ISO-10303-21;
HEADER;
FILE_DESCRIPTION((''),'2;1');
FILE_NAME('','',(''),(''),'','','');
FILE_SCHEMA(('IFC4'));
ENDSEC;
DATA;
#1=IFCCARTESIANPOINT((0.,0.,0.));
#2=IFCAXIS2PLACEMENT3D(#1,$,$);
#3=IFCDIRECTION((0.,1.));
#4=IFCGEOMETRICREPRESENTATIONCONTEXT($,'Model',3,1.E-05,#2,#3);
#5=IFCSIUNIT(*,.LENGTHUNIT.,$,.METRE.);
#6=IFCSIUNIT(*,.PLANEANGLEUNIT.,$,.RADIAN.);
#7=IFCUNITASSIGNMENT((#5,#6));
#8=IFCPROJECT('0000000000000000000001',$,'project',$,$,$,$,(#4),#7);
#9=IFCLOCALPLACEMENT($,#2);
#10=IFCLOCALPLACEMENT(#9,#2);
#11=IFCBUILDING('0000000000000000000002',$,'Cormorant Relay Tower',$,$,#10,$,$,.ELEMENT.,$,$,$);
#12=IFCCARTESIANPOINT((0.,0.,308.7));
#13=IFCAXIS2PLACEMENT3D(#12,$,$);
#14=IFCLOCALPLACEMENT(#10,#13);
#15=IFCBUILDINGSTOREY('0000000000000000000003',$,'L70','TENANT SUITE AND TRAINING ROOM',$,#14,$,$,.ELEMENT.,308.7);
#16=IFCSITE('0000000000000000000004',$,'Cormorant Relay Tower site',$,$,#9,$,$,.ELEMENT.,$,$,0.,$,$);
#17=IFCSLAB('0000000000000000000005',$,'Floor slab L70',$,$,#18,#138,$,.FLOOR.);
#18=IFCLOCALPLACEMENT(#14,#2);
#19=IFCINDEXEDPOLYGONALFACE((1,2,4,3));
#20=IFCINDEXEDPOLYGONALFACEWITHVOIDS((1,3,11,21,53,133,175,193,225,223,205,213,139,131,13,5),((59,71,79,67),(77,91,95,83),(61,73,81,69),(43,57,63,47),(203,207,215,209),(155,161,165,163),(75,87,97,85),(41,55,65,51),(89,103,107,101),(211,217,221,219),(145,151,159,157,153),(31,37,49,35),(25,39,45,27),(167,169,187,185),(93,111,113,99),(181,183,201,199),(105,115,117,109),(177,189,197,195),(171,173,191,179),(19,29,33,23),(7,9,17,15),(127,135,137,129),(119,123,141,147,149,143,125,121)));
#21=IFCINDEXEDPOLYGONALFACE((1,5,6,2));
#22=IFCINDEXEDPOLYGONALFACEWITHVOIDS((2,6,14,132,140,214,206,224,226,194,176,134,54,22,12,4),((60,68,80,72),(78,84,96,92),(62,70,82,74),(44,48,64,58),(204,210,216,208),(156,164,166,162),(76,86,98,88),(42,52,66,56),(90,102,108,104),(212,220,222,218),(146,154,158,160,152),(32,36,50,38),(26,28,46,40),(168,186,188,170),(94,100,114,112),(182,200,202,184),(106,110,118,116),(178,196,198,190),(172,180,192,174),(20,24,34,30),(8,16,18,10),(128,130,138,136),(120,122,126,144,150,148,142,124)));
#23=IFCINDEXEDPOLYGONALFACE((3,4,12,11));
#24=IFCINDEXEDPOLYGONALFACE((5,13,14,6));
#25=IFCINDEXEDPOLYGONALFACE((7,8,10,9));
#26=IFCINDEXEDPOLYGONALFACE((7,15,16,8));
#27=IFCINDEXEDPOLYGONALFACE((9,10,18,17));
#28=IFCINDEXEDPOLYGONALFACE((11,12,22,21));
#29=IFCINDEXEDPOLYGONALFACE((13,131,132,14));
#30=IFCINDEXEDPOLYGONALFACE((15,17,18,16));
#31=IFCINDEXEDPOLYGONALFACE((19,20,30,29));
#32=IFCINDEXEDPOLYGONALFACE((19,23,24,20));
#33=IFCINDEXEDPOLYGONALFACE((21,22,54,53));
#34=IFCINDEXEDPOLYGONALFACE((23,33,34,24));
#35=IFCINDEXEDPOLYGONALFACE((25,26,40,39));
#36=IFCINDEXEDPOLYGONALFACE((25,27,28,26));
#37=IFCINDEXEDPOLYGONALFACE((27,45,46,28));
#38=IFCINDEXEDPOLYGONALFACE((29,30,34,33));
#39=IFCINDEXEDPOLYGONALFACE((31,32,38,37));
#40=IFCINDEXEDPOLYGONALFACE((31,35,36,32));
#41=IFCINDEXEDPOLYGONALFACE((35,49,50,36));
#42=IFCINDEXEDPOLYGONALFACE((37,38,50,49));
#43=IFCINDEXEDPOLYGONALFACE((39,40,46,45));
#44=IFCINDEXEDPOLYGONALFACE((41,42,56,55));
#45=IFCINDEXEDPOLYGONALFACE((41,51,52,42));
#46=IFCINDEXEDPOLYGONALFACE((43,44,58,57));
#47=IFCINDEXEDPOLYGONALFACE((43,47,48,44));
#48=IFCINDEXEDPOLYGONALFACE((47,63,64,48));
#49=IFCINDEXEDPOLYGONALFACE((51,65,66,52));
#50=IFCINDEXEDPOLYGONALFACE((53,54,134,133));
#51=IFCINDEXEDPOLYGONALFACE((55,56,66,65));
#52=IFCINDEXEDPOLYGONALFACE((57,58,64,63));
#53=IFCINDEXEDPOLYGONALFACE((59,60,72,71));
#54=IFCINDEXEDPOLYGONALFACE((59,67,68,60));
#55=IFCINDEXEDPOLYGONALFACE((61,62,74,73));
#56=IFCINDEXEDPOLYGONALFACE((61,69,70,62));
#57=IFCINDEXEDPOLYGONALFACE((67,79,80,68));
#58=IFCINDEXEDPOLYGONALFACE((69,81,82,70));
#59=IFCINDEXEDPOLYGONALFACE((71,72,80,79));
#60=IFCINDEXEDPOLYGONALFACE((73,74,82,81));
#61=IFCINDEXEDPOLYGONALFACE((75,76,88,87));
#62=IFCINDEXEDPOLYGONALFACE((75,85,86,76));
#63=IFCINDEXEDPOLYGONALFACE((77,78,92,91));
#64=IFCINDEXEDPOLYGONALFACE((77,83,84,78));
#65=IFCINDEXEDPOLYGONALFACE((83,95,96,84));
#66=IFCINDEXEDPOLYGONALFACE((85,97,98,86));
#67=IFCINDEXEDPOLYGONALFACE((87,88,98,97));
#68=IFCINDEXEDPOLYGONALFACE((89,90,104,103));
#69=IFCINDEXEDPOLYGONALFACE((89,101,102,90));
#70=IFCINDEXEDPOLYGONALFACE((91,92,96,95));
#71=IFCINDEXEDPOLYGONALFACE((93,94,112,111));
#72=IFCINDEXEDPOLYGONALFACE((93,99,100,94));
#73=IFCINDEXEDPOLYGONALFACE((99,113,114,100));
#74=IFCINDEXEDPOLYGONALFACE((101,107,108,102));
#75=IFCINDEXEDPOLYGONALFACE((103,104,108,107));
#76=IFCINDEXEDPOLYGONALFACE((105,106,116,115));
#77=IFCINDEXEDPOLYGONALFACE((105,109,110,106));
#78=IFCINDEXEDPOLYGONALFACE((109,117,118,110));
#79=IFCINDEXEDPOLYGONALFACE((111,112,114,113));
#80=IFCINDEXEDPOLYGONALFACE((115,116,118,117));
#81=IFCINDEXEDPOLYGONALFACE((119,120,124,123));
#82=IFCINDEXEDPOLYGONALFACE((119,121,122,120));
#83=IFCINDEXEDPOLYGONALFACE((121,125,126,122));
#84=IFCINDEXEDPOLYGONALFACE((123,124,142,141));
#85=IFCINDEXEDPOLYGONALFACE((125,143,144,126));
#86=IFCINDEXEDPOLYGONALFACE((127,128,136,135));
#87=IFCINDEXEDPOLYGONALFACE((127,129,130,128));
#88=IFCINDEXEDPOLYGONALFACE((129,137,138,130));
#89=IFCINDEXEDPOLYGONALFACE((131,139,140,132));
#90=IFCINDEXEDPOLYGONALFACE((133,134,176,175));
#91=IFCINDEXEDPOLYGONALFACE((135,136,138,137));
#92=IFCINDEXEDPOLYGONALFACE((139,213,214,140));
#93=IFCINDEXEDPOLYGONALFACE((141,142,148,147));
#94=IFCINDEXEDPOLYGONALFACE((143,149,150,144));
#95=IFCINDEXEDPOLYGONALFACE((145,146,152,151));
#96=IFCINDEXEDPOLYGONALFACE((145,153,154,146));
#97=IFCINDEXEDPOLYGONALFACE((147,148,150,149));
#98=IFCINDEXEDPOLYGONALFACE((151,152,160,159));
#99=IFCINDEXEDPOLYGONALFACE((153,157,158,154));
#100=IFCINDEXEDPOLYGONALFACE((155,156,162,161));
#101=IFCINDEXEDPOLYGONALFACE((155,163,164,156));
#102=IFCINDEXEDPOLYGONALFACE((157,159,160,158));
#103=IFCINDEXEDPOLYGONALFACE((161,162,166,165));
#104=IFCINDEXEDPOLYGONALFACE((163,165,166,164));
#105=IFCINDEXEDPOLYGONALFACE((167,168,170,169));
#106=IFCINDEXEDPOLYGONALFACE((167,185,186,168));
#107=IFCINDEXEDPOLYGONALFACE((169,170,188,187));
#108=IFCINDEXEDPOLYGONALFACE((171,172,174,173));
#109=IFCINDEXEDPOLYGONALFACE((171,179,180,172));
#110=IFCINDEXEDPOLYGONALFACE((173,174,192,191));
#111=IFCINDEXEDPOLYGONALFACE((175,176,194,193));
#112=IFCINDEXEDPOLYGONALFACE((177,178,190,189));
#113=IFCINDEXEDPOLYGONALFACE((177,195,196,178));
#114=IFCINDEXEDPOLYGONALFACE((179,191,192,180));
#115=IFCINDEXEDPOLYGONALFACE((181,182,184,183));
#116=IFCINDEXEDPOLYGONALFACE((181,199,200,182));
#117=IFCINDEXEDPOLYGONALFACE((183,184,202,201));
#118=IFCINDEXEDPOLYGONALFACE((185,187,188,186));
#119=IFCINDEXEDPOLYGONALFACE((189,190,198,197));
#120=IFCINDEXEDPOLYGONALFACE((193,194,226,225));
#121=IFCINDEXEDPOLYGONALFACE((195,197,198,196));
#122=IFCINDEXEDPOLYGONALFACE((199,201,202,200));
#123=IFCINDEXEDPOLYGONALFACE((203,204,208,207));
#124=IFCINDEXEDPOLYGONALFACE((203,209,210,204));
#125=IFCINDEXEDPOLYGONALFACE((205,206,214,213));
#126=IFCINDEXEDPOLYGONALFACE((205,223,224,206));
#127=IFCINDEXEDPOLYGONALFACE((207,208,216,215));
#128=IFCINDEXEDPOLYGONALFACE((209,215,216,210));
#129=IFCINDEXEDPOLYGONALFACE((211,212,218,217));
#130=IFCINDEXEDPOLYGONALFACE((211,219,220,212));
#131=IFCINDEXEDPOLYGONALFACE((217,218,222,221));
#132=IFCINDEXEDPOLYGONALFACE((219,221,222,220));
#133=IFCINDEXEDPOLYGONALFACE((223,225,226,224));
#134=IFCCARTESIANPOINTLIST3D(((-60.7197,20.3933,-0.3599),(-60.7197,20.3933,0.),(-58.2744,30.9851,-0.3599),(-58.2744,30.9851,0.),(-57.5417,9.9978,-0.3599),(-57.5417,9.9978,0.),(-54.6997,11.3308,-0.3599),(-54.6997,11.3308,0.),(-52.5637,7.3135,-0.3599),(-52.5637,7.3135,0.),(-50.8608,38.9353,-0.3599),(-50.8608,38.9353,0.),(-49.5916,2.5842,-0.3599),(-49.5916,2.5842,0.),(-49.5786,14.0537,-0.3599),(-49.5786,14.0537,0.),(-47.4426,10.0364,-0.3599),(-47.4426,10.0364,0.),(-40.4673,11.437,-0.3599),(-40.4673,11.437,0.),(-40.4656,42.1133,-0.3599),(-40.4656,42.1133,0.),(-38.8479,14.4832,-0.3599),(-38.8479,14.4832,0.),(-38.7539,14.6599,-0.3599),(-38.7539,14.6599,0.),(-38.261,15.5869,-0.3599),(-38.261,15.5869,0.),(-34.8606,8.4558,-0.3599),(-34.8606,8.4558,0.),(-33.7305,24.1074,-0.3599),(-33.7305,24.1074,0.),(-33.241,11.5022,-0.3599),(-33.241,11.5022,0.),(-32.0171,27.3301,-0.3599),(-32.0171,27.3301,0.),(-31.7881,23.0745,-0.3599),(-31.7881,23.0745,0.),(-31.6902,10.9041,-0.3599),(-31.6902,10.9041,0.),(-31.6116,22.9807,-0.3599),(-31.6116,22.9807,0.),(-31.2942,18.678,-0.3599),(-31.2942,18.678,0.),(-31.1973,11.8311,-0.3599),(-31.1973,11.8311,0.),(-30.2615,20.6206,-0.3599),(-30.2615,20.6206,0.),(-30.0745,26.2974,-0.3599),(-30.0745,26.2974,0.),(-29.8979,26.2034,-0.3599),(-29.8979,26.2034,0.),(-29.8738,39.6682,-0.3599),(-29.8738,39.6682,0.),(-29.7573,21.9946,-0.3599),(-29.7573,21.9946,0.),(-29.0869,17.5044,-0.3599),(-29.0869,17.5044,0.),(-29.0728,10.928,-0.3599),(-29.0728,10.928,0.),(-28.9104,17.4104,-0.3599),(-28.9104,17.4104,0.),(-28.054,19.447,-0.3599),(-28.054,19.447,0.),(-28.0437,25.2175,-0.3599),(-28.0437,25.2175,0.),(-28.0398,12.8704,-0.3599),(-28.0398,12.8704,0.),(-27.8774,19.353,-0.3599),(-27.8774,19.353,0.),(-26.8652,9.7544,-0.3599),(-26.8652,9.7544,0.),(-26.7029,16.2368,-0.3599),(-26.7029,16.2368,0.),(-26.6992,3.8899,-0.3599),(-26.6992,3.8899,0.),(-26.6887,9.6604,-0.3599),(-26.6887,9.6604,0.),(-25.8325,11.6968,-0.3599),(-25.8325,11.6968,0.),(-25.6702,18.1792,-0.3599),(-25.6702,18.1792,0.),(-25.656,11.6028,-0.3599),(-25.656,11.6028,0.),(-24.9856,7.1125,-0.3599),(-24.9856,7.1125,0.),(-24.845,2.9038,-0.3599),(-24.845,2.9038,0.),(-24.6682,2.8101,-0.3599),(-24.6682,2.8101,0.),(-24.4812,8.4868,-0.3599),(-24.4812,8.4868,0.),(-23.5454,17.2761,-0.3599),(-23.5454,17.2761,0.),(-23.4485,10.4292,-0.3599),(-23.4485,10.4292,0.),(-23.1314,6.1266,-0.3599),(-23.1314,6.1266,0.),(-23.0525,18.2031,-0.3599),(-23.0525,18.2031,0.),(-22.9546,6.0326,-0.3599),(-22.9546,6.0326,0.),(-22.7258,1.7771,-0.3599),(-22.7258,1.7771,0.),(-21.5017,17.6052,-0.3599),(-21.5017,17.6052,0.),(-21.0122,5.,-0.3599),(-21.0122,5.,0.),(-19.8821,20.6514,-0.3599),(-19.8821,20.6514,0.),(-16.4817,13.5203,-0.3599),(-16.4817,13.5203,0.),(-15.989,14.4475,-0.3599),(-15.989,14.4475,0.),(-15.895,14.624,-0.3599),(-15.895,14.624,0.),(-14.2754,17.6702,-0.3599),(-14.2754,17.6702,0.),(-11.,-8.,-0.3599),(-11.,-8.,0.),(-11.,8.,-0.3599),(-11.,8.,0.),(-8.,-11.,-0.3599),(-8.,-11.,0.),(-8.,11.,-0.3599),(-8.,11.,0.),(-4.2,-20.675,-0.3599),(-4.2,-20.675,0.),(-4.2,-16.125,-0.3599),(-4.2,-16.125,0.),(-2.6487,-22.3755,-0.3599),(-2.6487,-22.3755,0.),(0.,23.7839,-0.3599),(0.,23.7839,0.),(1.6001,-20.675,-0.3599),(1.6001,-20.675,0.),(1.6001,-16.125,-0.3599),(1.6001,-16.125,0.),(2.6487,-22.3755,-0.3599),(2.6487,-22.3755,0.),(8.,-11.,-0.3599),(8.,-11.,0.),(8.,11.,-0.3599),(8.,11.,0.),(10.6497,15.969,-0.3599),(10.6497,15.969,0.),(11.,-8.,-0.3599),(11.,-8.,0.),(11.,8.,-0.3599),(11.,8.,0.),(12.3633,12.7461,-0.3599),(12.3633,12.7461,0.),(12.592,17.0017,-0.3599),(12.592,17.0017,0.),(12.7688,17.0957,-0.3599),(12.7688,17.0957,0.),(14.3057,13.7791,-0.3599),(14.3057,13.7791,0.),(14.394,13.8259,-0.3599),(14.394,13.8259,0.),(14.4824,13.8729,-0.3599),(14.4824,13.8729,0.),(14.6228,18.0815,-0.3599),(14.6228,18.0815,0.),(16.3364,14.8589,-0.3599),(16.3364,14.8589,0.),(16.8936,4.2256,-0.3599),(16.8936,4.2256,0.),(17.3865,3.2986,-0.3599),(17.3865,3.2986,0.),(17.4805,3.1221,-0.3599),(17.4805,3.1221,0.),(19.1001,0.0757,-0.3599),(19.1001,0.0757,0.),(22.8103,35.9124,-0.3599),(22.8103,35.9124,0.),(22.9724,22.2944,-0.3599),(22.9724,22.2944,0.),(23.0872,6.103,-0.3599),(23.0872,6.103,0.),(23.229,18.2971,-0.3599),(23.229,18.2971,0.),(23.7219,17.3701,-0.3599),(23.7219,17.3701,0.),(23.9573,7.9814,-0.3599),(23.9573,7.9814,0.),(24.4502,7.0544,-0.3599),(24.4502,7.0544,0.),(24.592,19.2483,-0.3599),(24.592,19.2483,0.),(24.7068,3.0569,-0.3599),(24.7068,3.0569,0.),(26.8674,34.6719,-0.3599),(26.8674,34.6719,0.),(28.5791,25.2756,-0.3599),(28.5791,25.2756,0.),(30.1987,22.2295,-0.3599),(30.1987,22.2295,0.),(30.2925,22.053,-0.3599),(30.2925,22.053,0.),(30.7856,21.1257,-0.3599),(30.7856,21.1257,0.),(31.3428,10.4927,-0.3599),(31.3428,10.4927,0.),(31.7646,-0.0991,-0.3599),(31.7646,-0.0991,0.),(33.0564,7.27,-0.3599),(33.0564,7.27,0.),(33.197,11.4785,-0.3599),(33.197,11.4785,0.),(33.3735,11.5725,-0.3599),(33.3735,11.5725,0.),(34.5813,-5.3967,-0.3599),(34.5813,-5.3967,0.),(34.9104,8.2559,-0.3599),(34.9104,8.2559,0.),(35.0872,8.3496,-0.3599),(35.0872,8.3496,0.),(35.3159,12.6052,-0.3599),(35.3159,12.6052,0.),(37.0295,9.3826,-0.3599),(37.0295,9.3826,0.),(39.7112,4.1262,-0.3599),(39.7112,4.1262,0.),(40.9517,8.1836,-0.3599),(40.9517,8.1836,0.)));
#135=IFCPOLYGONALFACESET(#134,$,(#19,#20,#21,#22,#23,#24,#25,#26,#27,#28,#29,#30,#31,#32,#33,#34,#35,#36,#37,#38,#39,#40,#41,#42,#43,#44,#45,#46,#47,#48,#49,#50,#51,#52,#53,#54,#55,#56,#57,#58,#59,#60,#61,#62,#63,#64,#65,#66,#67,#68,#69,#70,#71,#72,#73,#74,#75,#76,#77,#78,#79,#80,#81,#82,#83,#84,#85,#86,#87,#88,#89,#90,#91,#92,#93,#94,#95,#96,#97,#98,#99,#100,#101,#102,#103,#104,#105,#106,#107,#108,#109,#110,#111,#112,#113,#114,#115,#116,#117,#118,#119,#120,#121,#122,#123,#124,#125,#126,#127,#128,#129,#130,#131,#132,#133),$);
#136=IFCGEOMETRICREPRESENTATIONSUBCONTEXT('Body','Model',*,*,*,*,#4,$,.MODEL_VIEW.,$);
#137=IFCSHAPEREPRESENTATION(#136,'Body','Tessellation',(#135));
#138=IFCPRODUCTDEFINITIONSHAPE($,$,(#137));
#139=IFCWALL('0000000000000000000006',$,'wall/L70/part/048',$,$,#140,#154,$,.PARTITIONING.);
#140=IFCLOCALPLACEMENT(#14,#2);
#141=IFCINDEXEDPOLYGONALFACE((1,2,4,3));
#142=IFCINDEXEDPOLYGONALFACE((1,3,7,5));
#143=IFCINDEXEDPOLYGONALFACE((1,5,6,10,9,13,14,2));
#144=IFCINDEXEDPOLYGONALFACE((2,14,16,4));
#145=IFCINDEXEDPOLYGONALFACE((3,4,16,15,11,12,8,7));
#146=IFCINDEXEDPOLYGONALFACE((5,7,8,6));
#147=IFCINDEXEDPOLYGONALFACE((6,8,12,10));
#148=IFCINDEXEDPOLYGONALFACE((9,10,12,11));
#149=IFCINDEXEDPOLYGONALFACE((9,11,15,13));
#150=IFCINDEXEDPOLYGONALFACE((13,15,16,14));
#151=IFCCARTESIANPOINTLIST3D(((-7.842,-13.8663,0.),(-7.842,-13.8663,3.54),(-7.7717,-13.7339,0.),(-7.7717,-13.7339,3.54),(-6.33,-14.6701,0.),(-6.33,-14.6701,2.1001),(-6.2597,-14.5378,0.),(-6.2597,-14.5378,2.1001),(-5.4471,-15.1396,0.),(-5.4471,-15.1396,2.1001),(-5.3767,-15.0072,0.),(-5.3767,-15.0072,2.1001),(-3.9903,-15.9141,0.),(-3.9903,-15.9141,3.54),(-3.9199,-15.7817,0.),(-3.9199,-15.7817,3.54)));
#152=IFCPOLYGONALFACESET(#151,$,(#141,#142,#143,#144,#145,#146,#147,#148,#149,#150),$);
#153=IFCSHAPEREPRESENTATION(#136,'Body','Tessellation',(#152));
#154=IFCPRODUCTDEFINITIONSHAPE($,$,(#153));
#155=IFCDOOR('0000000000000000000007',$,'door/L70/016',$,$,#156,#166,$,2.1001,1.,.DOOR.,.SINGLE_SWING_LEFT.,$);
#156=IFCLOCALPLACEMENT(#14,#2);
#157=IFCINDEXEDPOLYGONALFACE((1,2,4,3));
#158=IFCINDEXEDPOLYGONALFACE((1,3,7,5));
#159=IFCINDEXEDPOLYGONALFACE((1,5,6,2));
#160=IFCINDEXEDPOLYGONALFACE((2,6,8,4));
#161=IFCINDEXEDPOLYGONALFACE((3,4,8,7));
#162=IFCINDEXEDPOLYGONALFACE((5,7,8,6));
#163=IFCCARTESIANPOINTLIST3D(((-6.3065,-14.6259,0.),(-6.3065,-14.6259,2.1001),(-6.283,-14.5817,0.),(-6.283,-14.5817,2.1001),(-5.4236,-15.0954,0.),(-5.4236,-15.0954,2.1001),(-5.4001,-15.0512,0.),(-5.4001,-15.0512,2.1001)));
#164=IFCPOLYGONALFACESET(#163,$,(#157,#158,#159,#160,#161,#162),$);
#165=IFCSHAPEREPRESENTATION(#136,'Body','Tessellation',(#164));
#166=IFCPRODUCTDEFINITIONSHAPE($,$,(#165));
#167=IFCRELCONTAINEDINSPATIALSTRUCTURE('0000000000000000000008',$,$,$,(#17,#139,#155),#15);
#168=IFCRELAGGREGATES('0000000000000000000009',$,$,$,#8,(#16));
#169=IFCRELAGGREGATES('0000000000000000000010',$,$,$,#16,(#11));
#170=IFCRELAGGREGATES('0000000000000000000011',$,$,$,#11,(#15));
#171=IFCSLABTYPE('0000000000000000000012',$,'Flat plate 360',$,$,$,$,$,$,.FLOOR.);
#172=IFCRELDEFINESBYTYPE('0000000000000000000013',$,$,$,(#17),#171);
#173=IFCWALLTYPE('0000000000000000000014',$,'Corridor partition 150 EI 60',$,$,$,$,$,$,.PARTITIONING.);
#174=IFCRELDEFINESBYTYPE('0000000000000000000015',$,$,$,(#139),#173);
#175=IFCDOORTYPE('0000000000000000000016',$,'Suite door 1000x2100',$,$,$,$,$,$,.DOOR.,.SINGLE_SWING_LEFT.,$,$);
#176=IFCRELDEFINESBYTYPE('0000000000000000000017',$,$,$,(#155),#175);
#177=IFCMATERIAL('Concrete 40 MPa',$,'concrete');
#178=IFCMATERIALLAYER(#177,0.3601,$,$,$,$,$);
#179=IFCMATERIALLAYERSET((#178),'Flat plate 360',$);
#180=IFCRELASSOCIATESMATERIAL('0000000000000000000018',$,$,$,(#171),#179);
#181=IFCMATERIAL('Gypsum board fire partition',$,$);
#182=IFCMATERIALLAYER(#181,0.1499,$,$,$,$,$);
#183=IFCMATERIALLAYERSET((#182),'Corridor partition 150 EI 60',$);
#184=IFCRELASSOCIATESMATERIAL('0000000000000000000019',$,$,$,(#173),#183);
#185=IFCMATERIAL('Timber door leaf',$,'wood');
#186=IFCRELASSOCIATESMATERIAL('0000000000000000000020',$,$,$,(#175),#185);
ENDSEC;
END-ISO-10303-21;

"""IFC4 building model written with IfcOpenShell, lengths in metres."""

from ifc_helpers import new_model, si_unit, direction, frame, frame_2d, origin, place, context, subcontext, project, spatial, polyline, rectangle, outline, extrude, material, layer, layer_set, type_object, element, fill, save


model = new_model("IFC4")

# Units and contexts
model_context = context("Model", 3, precision=1e-05, world=origin(), true_north=direction((0.0, 1.0)))
body_context = subcontext(model_context, "Body", "Model", "MODEL_VIEW")
ifc_project = project(units=[si_unit("LENGTHUNIT", "METRE"), si_unit("PLANEANGLEUNIT", "RADIAN")], contexts=[model_context])

# Site, building, storey
site_placement = place(None, origin())
site = spatial("IfcSite", under=ifc_project, at=site_placement, Name="Cormorant Relay Tower site", CompositionType="ELEMENT", RefElevation=0.0)
building_placement = place(site_placement, origin())
building = spatial("IfcBuilding", under=site, at=building_placement, Name="Cormorant Relay Tower", CompositionType="ELEMENT")
storey_placement = place(building_placement, frame((0.0, 0.0, 308.7)))
storey = spatial("IfcBuildingStorey", under=building, at=storey_placement, Name="L70", Description="TENANT SUITE AND TRAINING ROOM", CompositionType="ELEMENT", Elevation=308.7)

# Slab
ifc_material_1 = material(Name="Concrete 40 MPa", Category="concrete")
ifc_layer_1 = layer(ifc_material_1, 0.3601)
ifc_layer_set_1 = layer_set([ifc_layer_1], Name="Flat plate 360")
slab_type_1 = type_object("IfcSlabType", Name="Flat plate 360", PredefinedType="FLOOR", material=ifc_layer_set_1)
slab_1_placement = place(storey_placement, frame((0.0, 0.0, -0.3599)))
element("IfcSlab", 1, at=slab_1_placement, inside=storey, type_object=slab_type_1, Name="Floor slab L70", PredefinedType="FLOOR", context=body_context, shape_type="SweptSolid", body=[
    extrude(outline(polyline([(-60.7197, 20.3933), (-58.2744, 30.9851), (-50.8608, 38.9353), (-40.4656, 42.1133), (-29.8738, 39.6682), (0.0, 23.7839), (22.8103, 35.9124), (26.8674, 34.6719), (40.9517, 8.1836), (39.7112, 4.1262), (31.7646, -0.0991), (34.5813, -5.3967), (2.6487, -22.3755), (-2.6487, -22.3755), (-49.5916, 2.5842), (-57.5417, 9.9978), (-60.7197, 20.3933)]), holes=[polyline([(11.0, -8.0), (11.0, 8.0), (8.0, 11.0), (-8.0, 11.0), (-11.0, 8.0), (-11.0, -8.0), (-8.0, -11.0), (8.0, -11.0), (11.0, -8.0)]), polyline([(-22.9546, 6.0327), (-24.6682, 2.8101), (-22.7258, 1.7771), (-21.0122, 5.0), (-23.043, 6.0796), (-22.9546, 6.0327)]), polyline([(-24.9856, 7.1125), (-26.6992, 3.8899), (-24.845, 2.9038), (-23.1313, 6.1267), (-23.043, 6.0796), (-24.9856, 7.1125)]), polyline([(-24.4812, 8.4868), (-23.4485, 10.4292), (-25.656, 11.6028), (-26.6887, 9.6604), (-24.4812, 8.4868)]), polyline([(-49.5786, 14.0537), (-54.6997, 11.3308), (-52.5637, 7.3135), (-47.4426, 10.0364), (-49.5786, 14.0537)]), polyline([(-25.8325, 11.6968), (-28.0398, 12.8704), (-29.0728, 10.928), (-26.8652, 9.7544), (-25.8325, 11.6968)]), polyline([(-38.8479, 14.4832), (-40.4673, 11.437), (-34.8606, 8.4558), (-33.241, 11.5022), (-38.8479, 14.4832)]), polyline([(-38.261, 15.5869), (-38.7539, 14.6599), (-31.6902, 10.9041), (-31.1973, 11.8311), (-38.261, 15.5869)]), polyline([(-26.7029, 16.2368), (-25.6702, 18.1792), (-27.8774, 19.353), (-28.9104, 17.4104), (-26.7029, 16.2368)]), polyline([(-31.2942, 18.678), (-29.0869, 17.5044), (-28.054, 19.447), (-30.2615, 20.6206), (-31.2942, 18.678)]), polyline([(-31.6116, 22.9807), (-29.7573, 21.9946), (-28.0437, 25.2175), (-29.8979, 26.2034), (-31.6116, 22.9807)]), polyline([(-32.0171, 27.3301), (-33.7305, 24.1074), (-31.7881, 23.0745), (-30.0745, 26.2974), (-32.0171, 27.3301)]), polyline([(-4.2, -16.125), (-4.2, -20.675), (1.6001, -20.675), (1.6001, -16.125), (-4.2, -16.125)]), polyline([(17.4805, 3.1221), (19.1001, 0.0757), (24.7068, 3.0569), (23.0872, 6.103), (17.4805, 3.1221)]), polyline([(17.3865, 3.2986), (24.4502, 7.0544), (23.9573, 7.9814), (16.8936, 4.2256), (17.3865, 3.2986)]), polyline([(33.197, 11.4785), (31.3428, 10.4927), (33.0564, 7.27), (34.9104, 8.2559), (33.197, 11.4785)]), polyline([(33.3735, 11.5725), (35.0872, 8.3496), (37.0295, 9.3826), (35.3159, 12.6052), (33.3735, 11.5725)]), polyline([(14.3057, 13.7791), (12.592, 17.0017), (10.6497, 15.969), (12.3633, 12.7461), (14.394, 13.8259), (14.3057, 13.7791)]), polyline([(16.3364, 14.8589), (14.6228, 18.0815), (12.7688, 17.0957), (14.4824, 13.8728), (14.394, 13.8259), (16.3364, 14.8589)]), polyline([(-16.4817, 13.5203), (-15.989, 14.4475), (-23.0525, 18.2031), (-23.5454, 17.2761), (-16.4817, 13.5203)]), polyline([(-15.895, 14.624), (-14.2754, 17.6702), (-19.8821, 20.6514), (-21.5017, 17.6052), (-15.895, 14.624)]), polyline([(30.7856, 21.1257), (30.2925, 22.053), (23.229, 18.2971), (23.7219, 17.3701), (30.7856, 21.1257)]), polyline([(24.592, 19.2483), (30.1987, 22.2295), (28.5791, 25.2756), (22.9724, 22.2944), (24.592, 19.2483)])]), origin(), (0.0, 0.0, 1.0), 0.3599),
])

# Wall, opening, door
ifc_material_2 = material(Name="Gypsum board fire partition")
ifc_layer_2 = layer(ifc_material_2, 0.1499)
ifc_layer_set_2 = layer_set([ifc_layer_2], Name="Corridor partition 150 EI 60")
wall_type_1 = type_object("IfcWallType", Name="Corridor partition 150 EI 60", PredefinedType="PARTITIONING", material=ifc_layer_set_2)
wall_1_placement = place(storey_placement, frame((-3.9551, -15.8479, 0.0), z_axis=(0.0, 0.0, 1.0), x_axis=(-0.882966, 0.469438, 0.0)))
wall_1 = element("IfcWall", 2, at=wall_1_placement, inside=storey, type_object=wall_type_1, Name="wall/L70/part/048", PredefinedType="PARTITIONING", context=body_context, shape_type="SweptSolid", body=[
    extrude(rectangle(XDim=4.3623, YDim=0.1499, at=frame_2d((2.1812, 0.0))), origin(), (0.0, 0.0, 1.0), 3.54),
])
opening_1_placement = place(wall_1_placement, frame((1.6499, 0.0, 0.0)))
opening_1 = element("IfcOpeningElement", 3, at=opening_1_placement, cuts=wall_1, PredefinedType="OPENING", context=body_context, shape_type="SweptSolid", body=[
    extrude(rectangle(XDim=1.0, YDim=2.1001, at=frame_2d((0.5, 1.05))), frame((0.0, 0.085, 0.0), z_axis=(0.0, -1.0, 0.0), x_axis=(1.0, 0.0, 0.0)), (0.0, 0.0, 1.0), 0.1699),
])
ifc_material_3 = material(Name="Timber door leaf", Category="wood")
door_type_1 = type_object("IfcDoorType", Name="Suite door 1000x2100", OperationType="SINGLE_SWING_LEFT", PredefinedType="DOOR", material=ifc_material_3)
door_1_placement = place(opening_1_placement, origin())
door_1 = element("IfcDoor", 4, at=door_1_placement, inside=storey, type_object=door_type_1, Name="door/L70/016", OperationType="SINGLE_SWING_LEFT", OverallHeight=2.1001, OverallWidth=1.0, PredefinedType="DOOR", context=body_context, shape_type="SweptSolid", body=[
    extrude(rectangle(XDim=1.0, YDim=2.1001, at=frame_2d((0.5, 1.05))), frame((0.0, 0.0249, 0.0), z_axis=(0.0, -1.0, 0.0), x_axis=(1.0, 0.0, 0.0)), (0.0, 0.0, 1.0), 0.05),
])
fill(opening_1, door_1)

save(model, "model.ifc")
